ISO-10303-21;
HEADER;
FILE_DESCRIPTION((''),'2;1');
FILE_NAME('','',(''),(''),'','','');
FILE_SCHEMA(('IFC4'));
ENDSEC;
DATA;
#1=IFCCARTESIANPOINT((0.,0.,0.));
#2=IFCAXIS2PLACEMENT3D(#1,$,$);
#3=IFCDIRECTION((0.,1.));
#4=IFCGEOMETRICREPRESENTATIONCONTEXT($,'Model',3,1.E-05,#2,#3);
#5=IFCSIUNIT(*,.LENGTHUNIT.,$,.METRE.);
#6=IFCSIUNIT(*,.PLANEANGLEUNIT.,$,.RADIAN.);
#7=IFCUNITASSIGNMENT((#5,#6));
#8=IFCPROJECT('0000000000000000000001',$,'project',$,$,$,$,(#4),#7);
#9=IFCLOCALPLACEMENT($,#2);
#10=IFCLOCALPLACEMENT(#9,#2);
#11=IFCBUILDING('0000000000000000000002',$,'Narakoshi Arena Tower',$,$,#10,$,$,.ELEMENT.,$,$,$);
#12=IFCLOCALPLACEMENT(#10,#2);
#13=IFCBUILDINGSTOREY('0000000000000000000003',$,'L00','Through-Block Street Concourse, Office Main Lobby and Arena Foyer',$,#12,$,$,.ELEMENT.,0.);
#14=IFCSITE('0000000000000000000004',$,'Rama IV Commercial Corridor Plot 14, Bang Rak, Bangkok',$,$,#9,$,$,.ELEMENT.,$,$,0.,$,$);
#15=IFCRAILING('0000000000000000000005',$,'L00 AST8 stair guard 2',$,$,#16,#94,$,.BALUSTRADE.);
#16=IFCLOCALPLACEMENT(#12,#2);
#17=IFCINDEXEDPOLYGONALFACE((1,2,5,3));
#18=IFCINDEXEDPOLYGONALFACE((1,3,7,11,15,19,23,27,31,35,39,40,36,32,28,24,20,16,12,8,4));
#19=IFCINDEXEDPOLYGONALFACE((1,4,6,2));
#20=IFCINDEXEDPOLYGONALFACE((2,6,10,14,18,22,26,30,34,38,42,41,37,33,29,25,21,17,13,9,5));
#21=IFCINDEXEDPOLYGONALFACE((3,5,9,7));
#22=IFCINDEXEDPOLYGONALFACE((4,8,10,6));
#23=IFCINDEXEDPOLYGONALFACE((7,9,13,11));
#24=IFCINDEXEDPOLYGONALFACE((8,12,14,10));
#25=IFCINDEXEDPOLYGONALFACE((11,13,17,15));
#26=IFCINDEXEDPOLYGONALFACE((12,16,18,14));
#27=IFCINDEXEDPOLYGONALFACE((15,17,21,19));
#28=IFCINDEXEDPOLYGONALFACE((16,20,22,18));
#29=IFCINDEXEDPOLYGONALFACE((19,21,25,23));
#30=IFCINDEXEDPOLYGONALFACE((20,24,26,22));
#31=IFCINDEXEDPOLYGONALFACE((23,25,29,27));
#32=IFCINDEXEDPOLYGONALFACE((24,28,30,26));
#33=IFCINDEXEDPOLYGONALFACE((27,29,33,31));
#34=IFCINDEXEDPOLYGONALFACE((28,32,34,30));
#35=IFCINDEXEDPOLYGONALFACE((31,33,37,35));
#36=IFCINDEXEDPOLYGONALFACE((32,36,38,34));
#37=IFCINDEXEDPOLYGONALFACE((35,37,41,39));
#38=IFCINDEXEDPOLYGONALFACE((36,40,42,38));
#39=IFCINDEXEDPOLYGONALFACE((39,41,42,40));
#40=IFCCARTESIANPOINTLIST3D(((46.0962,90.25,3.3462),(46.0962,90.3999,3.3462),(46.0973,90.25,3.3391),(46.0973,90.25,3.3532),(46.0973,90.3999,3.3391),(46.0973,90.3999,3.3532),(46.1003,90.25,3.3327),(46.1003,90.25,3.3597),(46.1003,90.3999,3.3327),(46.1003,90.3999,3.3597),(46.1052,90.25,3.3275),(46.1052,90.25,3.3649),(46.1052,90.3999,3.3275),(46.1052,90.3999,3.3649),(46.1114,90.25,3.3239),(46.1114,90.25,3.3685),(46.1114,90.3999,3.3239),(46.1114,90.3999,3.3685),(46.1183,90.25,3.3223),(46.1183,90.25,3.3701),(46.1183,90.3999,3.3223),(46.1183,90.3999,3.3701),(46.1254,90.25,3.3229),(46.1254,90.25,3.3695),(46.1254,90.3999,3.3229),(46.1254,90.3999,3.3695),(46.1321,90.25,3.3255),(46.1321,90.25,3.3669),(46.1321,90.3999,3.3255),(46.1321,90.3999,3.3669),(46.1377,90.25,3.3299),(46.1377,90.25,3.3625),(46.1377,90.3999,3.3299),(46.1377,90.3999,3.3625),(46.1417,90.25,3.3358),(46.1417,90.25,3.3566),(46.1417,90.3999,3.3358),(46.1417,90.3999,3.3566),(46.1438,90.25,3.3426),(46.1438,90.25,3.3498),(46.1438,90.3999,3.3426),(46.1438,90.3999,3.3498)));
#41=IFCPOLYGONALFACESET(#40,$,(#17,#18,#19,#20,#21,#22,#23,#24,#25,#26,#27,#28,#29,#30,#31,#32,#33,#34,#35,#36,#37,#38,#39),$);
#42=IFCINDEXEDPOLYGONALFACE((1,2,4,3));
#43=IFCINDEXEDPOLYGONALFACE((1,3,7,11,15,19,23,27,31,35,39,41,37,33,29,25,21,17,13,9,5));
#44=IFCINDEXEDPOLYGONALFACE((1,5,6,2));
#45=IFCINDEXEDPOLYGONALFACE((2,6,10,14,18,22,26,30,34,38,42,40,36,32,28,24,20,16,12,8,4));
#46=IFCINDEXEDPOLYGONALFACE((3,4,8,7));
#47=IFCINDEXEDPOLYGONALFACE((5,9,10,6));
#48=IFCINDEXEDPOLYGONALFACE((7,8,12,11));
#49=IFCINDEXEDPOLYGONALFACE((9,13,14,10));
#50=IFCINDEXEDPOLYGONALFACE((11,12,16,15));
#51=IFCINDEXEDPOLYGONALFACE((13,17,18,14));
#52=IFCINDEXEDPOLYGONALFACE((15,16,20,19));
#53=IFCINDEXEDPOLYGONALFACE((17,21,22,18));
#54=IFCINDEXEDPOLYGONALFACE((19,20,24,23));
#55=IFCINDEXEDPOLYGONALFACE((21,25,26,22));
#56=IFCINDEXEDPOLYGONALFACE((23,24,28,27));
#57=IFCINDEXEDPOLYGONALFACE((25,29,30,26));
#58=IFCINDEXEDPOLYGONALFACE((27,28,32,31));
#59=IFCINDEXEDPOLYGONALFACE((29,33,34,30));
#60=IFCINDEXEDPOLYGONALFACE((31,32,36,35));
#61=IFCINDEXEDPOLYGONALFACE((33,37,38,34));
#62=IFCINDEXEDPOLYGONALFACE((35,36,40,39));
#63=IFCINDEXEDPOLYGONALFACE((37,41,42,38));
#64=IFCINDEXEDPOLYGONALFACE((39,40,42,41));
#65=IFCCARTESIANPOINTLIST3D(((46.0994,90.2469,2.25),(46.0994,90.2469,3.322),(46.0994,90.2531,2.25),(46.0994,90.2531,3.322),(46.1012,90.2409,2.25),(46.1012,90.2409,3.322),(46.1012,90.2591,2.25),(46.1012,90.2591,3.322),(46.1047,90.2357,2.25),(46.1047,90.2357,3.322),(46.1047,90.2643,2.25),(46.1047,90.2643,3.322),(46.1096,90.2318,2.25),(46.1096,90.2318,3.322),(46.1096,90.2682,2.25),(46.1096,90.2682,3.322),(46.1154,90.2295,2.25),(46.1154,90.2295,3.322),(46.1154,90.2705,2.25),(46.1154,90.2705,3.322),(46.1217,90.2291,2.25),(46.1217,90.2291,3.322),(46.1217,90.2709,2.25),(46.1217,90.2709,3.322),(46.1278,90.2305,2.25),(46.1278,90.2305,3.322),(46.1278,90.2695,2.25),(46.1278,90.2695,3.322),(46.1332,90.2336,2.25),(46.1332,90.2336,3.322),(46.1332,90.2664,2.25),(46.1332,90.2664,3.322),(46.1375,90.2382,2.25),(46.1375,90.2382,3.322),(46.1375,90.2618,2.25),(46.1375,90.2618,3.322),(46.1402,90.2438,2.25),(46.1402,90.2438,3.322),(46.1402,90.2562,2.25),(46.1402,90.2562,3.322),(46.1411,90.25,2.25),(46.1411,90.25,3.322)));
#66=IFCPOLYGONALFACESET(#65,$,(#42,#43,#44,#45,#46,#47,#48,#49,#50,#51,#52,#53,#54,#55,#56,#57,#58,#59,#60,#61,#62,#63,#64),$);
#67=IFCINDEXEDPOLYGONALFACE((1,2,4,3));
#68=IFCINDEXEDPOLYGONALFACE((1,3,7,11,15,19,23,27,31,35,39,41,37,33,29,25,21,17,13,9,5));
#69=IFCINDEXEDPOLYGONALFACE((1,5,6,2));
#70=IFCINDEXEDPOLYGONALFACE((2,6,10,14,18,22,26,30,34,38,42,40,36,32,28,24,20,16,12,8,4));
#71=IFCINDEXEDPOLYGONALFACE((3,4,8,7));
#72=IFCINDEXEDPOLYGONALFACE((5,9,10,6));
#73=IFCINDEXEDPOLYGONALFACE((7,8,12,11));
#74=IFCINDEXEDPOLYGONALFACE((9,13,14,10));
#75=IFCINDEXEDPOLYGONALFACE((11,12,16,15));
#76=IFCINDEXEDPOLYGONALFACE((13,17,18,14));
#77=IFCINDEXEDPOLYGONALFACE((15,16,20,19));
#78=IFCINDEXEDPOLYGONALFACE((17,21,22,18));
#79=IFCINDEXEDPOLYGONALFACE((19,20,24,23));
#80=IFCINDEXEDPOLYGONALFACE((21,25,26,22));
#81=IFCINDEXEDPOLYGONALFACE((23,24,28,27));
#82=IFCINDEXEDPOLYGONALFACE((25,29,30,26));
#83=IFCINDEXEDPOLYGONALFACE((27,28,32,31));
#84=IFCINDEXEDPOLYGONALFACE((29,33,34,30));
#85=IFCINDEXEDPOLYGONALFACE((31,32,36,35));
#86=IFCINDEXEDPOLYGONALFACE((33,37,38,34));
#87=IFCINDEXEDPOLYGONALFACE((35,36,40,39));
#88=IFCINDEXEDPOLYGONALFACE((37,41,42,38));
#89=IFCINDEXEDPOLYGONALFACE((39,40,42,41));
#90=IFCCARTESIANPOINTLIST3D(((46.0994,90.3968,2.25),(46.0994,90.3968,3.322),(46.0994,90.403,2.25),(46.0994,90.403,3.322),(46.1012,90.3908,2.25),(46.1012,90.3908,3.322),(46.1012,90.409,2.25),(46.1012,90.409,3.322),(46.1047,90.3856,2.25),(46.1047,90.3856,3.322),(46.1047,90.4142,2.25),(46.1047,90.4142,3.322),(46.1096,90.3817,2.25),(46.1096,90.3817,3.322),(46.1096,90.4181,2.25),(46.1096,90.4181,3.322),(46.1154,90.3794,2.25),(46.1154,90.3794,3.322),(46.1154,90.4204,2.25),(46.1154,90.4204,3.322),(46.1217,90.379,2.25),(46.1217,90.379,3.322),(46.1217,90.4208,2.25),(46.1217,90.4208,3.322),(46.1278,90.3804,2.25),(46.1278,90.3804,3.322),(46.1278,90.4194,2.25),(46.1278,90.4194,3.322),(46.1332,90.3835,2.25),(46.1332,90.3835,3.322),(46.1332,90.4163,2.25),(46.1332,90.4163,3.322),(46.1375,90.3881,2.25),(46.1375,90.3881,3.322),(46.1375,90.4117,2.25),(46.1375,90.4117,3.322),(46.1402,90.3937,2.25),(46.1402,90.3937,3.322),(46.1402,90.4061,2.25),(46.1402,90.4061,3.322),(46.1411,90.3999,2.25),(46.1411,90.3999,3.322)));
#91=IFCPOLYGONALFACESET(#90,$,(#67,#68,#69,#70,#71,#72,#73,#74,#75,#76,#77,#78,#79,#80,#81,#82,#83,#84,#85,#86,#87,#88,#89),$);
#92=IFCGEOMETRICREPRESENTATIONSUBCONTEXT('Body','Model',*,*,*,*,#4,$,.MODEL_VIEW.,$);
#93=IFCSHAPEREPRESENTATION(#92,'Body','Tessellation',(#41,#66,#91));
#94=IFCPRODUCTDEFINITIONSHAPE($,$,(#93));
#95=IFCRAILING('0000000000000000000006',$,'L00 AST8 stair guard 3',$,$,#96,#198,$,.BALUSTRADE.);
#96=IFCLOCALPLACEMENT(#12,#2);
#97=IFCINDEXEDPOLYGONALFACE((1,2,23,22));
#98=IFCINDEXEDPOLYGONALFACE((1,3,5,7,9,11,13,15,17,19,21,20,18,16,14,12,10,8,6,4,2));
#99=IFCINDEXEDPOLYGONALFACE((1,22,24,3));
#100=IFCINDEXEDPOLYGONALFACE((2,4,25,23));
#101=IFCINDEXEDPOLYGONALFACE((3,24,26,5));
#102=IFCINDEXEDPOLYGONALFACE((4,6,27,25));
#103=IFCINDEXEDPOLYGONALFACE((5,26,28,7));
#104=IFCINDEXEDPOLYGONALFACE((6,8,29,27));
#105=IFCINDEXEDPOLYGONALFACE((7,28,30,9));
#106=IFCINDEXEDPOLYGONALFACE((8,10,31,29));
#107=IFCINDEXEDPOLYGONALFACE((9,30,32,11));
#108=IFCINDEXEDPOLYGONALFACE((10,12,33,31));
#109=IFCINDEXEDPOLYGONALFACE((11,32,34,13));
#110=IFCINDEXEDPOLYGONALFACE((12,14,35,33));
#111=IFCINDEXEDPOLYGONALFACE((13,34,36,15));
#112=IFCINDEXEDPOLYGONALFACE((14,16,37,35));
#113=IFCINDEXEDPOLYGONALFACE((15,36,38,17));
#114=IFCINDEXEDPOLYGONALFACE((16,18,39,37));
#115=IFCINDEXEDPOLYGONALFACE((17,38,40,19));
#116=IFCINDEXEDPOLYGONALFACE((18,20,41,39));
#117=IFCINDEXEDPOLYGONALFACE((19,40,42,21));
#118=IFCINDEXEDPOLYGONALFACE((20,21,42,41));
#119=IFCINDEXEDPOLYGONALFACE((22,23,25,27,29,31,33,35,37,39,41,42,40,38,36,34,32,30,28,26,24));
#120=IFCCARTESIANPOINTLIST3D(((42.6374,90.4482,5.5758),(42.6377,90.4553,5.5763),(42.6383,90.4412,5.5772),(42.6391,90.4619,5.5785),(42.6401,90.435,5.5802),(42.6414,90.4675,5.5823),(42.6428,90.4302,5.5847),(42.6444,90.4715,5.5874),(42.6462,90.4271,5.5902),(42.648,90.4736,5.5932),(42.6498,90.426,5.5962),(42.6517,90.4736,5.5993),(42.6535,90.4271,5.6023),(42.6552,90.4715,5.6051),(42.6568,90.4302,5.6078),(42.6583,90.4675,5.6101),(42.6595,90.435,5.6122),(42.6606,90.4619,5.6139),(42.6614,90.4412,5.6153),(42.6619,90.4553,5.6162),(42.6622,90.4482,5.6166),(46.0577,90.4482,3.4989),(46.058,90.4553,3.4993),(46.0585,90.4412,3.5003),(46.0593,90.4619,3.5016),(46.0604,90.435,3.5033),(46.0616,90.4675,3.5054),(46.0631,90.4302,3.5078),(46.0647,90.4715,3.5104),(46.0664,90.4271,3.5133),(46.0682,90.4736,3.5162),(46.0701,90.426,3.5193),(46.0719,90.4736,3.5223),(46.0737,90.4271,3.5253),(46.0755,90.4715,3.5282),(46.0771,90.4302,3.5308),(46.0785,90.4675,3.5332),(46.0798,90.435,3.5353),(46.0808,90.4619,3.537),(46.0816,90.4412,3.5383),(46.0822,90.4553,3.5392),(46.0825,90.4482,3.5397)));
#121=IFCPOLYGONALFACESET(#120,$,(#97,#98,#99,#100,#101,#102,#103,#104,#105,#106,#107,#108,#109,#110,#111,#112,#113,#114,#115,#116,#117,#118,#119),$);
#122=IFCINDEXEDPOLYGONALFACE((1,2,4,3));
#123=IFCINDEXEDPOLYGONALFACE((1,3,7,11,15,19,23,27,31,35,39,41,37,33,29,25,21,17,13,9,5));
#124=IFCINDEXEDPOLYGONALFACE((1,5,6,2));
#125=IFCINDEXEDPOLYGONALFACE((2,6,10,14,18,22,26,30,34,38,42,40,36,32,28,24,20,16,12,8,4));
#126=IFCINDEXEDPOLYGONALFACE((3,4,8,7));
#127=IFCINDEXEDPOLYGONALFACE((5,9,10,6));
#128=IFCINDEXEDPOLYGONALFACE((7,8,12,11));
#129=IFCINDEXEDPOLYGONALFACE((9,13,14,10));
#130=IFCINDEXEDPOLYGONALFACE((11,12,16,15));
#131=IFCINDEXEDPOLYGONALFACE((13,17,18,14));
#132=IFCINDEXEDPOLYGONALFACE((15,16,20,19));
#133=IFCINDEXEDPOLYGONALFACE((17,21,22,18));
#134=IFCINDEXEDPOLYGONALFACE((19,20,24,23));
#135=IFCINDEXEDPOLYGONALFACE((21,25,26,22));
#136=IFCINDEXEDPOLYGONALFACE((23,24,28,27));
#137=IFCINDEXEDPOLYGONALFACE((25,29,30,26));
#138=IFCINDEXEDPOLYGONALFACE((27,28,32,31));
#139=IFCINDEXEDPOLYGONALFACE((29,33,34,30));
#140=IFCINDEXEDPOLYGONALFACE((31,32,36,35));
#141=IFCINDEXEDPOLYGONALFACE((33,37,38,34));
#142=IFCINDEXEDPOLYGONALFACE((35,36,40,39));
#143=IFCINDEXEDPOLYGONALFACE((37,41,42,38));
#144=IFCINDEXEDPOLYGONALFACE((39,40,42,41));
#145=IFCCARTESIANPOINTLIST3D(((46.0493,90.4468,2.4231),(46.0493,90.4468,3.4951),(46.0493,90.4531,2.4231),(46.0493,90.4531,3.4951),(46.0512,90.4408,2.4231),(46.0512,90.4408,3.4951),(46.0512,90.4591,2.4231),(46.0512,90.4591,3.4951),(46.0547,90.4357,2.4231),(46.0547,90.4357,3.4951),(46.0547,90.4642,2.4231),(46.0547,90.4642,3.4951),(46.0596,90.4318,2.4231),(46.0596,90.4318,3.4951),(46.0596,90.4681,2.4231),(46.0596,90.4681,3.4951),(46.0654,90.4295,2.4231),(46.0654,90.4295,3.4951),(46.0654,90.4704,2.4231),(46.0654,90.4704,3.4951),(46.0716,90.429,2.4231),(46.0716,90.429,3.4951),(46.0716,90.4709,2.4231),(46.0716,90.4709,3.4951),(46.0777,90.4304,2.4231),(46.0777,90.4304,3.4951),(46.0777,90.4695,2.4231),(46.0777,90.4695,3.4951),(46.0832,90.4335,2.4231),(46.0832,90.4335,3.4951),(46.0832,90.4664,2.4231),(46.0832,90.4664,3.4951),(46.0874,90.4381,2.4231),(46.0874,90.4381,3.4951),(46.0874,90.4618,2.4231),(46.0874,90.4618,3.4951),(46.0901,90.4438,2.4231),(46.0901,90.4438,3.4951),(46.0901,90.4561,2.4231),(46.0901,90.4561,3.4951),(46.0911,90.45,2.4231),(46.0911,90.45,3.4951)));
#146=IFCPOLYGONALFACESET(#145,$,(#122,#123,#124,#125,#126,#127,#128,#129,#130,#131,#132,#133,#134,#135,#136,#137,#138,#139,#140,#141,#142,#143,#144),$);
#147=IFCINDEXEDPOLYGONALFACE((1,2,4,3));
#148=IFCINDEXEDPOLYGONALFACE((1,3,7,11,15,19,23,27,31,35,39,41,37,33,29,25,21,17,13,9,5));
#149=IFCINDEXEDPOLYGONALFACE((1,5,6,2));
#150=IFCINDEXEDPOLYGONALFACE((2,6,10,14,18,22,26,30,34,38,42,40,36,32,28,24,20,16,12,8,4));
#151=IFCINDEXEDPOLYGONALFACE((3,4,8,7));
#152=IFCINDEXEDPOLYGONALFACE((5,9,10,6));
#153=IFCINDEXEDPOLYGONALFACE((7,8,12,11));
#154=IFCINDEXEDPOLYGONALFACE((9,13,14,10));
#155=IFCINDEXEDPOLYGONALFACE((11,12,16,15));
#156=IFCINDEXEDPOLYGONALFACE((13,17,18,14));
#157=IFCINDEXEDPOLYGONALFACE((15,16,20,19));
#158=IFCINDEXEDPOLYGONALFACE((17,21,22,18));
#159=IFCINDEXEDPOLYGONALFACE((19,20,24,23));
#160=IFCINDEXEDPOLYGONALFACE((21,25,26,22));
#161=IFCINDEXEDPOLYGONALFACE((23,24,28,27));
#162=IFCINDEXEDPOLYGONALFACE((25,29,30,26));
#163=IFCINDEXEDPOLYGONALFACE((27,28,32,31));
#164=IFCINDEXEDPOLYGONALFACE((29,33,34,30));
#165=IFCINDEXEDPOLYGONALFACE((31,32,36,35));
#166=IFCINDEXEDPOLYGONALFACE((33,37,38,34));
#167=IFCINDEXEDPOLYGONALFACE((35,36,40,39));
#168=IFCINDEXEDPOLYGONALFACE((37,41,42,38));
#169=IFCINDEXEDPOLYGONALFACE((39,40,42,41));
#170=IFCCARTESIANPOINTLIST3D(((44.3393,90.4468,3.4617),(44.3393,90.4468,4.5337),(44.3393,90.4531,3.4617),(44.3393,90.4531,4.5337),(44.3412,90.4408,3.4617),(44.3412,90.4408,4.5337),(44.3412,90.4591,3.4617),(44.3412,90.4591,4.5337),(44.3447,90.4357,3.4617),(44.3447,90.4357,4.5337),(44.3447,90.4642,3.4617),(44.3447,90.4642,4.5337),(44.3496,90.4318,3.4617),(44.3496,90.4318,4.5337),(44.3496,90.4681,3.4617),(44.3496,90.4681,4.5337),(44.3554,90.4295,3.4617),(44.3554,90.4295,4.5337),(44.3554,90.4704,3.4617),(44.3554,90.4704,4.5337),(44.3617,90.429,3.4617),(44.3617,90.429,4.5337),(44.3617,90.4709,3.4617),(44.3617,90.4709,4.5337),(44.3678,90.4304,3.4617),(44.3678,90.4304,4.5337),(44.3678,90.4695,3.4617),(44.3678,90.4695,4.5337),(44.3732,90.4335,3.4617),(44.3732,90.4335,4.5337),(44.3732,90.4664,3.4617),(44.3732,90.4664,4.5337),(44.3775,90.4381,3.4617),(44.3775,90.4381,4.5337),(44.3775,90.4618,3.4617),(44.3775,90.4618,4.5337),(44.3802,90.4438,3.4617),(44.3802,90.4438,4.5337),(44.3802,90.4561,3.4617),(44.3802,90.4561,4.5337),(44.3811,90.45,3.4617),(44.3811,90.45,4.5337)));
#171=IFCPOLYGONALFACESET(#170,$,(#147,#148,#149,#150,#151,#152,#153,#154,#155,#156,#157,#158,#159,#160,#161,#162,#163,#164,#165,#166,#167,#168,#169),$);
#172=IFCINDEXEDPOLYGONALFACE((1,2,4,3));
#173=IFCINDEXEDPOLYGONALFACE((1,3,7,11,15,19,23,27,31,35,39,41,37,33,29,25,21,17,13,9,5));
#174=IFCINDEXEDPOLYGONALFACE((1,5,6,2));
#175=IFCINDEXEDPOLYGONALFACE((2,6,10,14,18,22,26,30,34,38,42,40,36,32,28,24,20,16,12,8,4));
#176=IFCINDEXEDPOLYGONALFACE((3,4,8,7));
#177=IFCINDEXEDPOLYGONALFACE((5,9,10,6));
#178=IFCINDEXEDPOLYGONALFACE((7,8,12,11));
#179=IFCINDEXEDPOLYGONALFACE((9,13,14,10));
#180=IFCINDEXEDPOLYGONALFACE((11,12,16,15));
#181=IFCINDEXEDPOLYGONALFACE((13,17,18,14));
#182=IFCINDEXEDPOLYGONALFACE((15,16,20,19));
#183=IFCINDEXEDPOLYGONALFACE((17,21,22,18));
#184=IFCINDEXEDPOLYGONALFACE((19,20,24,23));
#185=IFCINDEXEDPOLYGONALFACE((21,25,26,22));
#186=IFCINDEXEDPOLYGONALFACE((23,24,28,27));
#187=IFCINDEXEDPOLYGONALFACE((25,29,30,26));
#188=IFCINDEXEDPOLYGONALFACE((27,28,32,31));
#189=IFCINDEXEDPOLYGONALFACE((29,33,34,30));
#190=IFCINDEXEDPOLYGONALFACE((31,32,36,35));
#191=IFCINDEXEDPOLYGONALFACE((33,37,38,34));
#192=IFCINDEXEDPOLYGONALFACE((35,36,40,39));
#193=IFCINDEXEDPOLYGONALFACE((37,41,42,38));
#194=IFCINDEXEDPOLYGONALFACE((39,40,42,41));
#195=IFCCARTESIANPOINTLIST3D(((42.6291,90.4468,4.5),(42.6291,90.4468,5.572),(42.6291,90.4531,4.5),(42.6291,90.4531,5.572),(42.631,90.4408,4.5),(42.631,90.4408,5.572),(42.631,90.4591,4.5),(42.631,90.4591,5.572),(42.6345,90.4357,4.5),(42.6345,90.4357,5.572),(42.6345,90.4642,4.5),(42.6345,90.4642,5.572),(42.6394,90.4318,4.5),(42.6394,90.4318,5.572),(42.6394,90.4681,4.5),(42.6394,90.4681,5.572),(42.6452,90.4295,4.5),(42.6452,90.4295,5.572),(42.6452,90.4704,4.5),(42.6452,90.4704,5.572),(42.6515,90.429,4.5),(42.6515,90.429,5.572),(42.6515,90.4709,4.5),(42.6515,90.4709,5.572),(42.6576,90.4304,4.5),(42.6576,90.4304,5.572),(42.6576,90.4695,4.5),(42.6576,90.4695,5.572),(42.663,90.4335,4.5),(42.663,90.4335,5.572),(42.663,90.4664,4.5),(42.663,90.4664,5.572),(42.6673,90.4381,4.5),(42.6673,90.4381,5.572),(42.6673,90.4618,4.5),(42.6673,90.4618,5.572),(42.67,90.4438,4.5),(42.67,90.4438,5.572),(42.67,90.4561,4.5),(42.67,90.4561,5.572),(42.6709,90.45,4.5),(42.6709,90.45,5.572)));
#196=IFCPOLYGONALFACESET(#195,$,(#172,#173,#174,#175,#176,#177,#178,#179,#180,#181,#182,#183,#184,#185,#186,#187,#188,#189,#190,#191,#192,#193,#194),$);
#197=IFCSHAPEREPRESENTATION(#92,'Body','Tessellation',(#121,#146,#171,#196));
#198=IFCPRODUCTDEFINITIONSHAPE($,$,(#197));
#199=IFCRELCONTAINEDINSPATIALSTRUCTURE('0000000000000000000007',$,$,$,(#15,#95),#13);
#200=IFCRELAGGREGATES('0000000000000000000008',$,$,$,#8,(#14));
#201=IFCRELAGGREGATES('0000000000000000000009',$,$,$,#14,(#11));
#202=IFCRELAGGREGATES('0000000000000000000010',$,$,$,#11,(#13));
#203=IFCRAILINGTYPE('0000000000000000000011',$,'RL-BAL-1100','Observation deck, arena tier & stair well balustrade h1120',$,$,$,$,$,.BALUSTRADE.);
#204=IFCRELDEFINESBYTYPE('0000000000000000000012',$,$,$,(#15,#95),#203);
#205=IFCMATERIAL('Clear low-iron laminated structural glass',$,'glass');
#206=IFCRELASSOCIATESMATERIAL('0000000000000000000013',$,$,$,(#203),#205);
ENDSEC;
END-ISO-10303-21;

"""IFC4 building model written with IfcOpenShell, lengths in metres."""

from ifc_helpers import new_model, si_unit, direction, frame, origin, origin_2d, place, context, subcontext, project, spatial, circle, extrude, material, type_object, element, save


model = new_model("IFC4")

# Units and contexts
model_context = context("Model", 3, precision=1e-05, world=origin(), true_north=direction((0.0, 1.0)))
body_context = subcontext(model_context, "Body", "Model", "MODEL_VIEW")
ifc_project = project(units=[si_unit("LENGTHUNIT", "METRE"), si_unit("PLANEANGLEUNIT", "RADIAN")], contexts=[model_context])

# Site, building, storey
site_placement = place(None, origin())
site = spatial("IfcSite", under=ifc_project, at=site_placement, Name="Rama IV Commercial Corridor Plot 14, Bang Rak, Bangkok", CompositionType="ELEMENT", RefElevation=0.0)
building_placement = place(site_placement, origin())
building = spatial("IfcBuilding", under=site, at=building_placement, Name="Narakoshi Arena Tower", CompositionType="ELEMENT")
storey_placement = place(building_placement, origin())
storey = spatial("IfcBuildingStorey", under=building, at=storey_placement, Name="L00", Description="Through-Block Street Concourse, Office Main Lobby and Arena Foyer", CompositionType="ELEMENT", Elevation=0.0)

# Railings
ifc_material_1 = material(Name="Clear low-iron laminated structural glass", Category="glass")
railing_type_1 = type_object("IfcRailingType", Name="RL-BAL-1100", Description="Observation deck, arena tier & stair well balustrade h1120", PredefinedType="BALUSTRADE", material=ifc_material_1)
railing_1_placement = place(storey_placement, frame((46.1201, 90.25, 2.25)))
element("IfcRailing", 1, at=railing_1_placement, inside=storey, type_object=railing_type_1, Name="L00 AST8 stair guard 2", PredefinedType="BALUSTRADE", context=body_context, shape_type="SweptSolid", body=[
    extrude(circle(Radius=0.0239, at=origin_2d()), frame((0.0, 0.0, 1.0962), z_axis=(0.0, 1.0, 0.0), x_axis=(-1.0, 0.0, 0.0)), (0.0, 0.0, 1.0), 0.1499),
    extrude(circle(Radius=0.021, at=origin_2d()), origin(), (0.0, 0.0, 1.0), 1.072),
    extrude(circle(Radius=0.021, at=origin_2d()), frame((0.0, 0.1499, 0.0)), (0.0, 0.0, 1.0), 1.072),
])
railing_2_placement = place(storey_placement, frame((46.0701, 90.45, 2.4231)))
element("IfcRailing", 2, at=railing_2_placement, inside=storey, type_object=railing_type_1, Name="L00 AST8 stair guard 3", PredefinedType="BALUSTRADE", context=body_context, shape_type="SweptSolid", body=[
    extrude(circle(Radius=0.0239, at=origin_2d()), frame((0.0, 0.0, 1.0962), z_axis=(-0.854746, 0.0, 0.519047), x_axis=(0.0, -1.0, 0.0)), (0.0, 0.0, 1.0), 4.0015),
    extrude(circle(Radius=0.021, at=origin_2d()), origin(), (0.0, 0.0, 1.0), 1.072),
    extrude(circle(Radius=0.021, at=origin_2d()), frame((-1.71, 0.0, 1.0386)), (0.0, 0.0, 1.0), 1.072),
    extrude(circle(Radius=0.021, at=origin_2d()), frame((-3.4202, 0.0, 2.0769)), (0.0, 0.0, 1.0), 1.072),
])

save(model, "model.ifc")
